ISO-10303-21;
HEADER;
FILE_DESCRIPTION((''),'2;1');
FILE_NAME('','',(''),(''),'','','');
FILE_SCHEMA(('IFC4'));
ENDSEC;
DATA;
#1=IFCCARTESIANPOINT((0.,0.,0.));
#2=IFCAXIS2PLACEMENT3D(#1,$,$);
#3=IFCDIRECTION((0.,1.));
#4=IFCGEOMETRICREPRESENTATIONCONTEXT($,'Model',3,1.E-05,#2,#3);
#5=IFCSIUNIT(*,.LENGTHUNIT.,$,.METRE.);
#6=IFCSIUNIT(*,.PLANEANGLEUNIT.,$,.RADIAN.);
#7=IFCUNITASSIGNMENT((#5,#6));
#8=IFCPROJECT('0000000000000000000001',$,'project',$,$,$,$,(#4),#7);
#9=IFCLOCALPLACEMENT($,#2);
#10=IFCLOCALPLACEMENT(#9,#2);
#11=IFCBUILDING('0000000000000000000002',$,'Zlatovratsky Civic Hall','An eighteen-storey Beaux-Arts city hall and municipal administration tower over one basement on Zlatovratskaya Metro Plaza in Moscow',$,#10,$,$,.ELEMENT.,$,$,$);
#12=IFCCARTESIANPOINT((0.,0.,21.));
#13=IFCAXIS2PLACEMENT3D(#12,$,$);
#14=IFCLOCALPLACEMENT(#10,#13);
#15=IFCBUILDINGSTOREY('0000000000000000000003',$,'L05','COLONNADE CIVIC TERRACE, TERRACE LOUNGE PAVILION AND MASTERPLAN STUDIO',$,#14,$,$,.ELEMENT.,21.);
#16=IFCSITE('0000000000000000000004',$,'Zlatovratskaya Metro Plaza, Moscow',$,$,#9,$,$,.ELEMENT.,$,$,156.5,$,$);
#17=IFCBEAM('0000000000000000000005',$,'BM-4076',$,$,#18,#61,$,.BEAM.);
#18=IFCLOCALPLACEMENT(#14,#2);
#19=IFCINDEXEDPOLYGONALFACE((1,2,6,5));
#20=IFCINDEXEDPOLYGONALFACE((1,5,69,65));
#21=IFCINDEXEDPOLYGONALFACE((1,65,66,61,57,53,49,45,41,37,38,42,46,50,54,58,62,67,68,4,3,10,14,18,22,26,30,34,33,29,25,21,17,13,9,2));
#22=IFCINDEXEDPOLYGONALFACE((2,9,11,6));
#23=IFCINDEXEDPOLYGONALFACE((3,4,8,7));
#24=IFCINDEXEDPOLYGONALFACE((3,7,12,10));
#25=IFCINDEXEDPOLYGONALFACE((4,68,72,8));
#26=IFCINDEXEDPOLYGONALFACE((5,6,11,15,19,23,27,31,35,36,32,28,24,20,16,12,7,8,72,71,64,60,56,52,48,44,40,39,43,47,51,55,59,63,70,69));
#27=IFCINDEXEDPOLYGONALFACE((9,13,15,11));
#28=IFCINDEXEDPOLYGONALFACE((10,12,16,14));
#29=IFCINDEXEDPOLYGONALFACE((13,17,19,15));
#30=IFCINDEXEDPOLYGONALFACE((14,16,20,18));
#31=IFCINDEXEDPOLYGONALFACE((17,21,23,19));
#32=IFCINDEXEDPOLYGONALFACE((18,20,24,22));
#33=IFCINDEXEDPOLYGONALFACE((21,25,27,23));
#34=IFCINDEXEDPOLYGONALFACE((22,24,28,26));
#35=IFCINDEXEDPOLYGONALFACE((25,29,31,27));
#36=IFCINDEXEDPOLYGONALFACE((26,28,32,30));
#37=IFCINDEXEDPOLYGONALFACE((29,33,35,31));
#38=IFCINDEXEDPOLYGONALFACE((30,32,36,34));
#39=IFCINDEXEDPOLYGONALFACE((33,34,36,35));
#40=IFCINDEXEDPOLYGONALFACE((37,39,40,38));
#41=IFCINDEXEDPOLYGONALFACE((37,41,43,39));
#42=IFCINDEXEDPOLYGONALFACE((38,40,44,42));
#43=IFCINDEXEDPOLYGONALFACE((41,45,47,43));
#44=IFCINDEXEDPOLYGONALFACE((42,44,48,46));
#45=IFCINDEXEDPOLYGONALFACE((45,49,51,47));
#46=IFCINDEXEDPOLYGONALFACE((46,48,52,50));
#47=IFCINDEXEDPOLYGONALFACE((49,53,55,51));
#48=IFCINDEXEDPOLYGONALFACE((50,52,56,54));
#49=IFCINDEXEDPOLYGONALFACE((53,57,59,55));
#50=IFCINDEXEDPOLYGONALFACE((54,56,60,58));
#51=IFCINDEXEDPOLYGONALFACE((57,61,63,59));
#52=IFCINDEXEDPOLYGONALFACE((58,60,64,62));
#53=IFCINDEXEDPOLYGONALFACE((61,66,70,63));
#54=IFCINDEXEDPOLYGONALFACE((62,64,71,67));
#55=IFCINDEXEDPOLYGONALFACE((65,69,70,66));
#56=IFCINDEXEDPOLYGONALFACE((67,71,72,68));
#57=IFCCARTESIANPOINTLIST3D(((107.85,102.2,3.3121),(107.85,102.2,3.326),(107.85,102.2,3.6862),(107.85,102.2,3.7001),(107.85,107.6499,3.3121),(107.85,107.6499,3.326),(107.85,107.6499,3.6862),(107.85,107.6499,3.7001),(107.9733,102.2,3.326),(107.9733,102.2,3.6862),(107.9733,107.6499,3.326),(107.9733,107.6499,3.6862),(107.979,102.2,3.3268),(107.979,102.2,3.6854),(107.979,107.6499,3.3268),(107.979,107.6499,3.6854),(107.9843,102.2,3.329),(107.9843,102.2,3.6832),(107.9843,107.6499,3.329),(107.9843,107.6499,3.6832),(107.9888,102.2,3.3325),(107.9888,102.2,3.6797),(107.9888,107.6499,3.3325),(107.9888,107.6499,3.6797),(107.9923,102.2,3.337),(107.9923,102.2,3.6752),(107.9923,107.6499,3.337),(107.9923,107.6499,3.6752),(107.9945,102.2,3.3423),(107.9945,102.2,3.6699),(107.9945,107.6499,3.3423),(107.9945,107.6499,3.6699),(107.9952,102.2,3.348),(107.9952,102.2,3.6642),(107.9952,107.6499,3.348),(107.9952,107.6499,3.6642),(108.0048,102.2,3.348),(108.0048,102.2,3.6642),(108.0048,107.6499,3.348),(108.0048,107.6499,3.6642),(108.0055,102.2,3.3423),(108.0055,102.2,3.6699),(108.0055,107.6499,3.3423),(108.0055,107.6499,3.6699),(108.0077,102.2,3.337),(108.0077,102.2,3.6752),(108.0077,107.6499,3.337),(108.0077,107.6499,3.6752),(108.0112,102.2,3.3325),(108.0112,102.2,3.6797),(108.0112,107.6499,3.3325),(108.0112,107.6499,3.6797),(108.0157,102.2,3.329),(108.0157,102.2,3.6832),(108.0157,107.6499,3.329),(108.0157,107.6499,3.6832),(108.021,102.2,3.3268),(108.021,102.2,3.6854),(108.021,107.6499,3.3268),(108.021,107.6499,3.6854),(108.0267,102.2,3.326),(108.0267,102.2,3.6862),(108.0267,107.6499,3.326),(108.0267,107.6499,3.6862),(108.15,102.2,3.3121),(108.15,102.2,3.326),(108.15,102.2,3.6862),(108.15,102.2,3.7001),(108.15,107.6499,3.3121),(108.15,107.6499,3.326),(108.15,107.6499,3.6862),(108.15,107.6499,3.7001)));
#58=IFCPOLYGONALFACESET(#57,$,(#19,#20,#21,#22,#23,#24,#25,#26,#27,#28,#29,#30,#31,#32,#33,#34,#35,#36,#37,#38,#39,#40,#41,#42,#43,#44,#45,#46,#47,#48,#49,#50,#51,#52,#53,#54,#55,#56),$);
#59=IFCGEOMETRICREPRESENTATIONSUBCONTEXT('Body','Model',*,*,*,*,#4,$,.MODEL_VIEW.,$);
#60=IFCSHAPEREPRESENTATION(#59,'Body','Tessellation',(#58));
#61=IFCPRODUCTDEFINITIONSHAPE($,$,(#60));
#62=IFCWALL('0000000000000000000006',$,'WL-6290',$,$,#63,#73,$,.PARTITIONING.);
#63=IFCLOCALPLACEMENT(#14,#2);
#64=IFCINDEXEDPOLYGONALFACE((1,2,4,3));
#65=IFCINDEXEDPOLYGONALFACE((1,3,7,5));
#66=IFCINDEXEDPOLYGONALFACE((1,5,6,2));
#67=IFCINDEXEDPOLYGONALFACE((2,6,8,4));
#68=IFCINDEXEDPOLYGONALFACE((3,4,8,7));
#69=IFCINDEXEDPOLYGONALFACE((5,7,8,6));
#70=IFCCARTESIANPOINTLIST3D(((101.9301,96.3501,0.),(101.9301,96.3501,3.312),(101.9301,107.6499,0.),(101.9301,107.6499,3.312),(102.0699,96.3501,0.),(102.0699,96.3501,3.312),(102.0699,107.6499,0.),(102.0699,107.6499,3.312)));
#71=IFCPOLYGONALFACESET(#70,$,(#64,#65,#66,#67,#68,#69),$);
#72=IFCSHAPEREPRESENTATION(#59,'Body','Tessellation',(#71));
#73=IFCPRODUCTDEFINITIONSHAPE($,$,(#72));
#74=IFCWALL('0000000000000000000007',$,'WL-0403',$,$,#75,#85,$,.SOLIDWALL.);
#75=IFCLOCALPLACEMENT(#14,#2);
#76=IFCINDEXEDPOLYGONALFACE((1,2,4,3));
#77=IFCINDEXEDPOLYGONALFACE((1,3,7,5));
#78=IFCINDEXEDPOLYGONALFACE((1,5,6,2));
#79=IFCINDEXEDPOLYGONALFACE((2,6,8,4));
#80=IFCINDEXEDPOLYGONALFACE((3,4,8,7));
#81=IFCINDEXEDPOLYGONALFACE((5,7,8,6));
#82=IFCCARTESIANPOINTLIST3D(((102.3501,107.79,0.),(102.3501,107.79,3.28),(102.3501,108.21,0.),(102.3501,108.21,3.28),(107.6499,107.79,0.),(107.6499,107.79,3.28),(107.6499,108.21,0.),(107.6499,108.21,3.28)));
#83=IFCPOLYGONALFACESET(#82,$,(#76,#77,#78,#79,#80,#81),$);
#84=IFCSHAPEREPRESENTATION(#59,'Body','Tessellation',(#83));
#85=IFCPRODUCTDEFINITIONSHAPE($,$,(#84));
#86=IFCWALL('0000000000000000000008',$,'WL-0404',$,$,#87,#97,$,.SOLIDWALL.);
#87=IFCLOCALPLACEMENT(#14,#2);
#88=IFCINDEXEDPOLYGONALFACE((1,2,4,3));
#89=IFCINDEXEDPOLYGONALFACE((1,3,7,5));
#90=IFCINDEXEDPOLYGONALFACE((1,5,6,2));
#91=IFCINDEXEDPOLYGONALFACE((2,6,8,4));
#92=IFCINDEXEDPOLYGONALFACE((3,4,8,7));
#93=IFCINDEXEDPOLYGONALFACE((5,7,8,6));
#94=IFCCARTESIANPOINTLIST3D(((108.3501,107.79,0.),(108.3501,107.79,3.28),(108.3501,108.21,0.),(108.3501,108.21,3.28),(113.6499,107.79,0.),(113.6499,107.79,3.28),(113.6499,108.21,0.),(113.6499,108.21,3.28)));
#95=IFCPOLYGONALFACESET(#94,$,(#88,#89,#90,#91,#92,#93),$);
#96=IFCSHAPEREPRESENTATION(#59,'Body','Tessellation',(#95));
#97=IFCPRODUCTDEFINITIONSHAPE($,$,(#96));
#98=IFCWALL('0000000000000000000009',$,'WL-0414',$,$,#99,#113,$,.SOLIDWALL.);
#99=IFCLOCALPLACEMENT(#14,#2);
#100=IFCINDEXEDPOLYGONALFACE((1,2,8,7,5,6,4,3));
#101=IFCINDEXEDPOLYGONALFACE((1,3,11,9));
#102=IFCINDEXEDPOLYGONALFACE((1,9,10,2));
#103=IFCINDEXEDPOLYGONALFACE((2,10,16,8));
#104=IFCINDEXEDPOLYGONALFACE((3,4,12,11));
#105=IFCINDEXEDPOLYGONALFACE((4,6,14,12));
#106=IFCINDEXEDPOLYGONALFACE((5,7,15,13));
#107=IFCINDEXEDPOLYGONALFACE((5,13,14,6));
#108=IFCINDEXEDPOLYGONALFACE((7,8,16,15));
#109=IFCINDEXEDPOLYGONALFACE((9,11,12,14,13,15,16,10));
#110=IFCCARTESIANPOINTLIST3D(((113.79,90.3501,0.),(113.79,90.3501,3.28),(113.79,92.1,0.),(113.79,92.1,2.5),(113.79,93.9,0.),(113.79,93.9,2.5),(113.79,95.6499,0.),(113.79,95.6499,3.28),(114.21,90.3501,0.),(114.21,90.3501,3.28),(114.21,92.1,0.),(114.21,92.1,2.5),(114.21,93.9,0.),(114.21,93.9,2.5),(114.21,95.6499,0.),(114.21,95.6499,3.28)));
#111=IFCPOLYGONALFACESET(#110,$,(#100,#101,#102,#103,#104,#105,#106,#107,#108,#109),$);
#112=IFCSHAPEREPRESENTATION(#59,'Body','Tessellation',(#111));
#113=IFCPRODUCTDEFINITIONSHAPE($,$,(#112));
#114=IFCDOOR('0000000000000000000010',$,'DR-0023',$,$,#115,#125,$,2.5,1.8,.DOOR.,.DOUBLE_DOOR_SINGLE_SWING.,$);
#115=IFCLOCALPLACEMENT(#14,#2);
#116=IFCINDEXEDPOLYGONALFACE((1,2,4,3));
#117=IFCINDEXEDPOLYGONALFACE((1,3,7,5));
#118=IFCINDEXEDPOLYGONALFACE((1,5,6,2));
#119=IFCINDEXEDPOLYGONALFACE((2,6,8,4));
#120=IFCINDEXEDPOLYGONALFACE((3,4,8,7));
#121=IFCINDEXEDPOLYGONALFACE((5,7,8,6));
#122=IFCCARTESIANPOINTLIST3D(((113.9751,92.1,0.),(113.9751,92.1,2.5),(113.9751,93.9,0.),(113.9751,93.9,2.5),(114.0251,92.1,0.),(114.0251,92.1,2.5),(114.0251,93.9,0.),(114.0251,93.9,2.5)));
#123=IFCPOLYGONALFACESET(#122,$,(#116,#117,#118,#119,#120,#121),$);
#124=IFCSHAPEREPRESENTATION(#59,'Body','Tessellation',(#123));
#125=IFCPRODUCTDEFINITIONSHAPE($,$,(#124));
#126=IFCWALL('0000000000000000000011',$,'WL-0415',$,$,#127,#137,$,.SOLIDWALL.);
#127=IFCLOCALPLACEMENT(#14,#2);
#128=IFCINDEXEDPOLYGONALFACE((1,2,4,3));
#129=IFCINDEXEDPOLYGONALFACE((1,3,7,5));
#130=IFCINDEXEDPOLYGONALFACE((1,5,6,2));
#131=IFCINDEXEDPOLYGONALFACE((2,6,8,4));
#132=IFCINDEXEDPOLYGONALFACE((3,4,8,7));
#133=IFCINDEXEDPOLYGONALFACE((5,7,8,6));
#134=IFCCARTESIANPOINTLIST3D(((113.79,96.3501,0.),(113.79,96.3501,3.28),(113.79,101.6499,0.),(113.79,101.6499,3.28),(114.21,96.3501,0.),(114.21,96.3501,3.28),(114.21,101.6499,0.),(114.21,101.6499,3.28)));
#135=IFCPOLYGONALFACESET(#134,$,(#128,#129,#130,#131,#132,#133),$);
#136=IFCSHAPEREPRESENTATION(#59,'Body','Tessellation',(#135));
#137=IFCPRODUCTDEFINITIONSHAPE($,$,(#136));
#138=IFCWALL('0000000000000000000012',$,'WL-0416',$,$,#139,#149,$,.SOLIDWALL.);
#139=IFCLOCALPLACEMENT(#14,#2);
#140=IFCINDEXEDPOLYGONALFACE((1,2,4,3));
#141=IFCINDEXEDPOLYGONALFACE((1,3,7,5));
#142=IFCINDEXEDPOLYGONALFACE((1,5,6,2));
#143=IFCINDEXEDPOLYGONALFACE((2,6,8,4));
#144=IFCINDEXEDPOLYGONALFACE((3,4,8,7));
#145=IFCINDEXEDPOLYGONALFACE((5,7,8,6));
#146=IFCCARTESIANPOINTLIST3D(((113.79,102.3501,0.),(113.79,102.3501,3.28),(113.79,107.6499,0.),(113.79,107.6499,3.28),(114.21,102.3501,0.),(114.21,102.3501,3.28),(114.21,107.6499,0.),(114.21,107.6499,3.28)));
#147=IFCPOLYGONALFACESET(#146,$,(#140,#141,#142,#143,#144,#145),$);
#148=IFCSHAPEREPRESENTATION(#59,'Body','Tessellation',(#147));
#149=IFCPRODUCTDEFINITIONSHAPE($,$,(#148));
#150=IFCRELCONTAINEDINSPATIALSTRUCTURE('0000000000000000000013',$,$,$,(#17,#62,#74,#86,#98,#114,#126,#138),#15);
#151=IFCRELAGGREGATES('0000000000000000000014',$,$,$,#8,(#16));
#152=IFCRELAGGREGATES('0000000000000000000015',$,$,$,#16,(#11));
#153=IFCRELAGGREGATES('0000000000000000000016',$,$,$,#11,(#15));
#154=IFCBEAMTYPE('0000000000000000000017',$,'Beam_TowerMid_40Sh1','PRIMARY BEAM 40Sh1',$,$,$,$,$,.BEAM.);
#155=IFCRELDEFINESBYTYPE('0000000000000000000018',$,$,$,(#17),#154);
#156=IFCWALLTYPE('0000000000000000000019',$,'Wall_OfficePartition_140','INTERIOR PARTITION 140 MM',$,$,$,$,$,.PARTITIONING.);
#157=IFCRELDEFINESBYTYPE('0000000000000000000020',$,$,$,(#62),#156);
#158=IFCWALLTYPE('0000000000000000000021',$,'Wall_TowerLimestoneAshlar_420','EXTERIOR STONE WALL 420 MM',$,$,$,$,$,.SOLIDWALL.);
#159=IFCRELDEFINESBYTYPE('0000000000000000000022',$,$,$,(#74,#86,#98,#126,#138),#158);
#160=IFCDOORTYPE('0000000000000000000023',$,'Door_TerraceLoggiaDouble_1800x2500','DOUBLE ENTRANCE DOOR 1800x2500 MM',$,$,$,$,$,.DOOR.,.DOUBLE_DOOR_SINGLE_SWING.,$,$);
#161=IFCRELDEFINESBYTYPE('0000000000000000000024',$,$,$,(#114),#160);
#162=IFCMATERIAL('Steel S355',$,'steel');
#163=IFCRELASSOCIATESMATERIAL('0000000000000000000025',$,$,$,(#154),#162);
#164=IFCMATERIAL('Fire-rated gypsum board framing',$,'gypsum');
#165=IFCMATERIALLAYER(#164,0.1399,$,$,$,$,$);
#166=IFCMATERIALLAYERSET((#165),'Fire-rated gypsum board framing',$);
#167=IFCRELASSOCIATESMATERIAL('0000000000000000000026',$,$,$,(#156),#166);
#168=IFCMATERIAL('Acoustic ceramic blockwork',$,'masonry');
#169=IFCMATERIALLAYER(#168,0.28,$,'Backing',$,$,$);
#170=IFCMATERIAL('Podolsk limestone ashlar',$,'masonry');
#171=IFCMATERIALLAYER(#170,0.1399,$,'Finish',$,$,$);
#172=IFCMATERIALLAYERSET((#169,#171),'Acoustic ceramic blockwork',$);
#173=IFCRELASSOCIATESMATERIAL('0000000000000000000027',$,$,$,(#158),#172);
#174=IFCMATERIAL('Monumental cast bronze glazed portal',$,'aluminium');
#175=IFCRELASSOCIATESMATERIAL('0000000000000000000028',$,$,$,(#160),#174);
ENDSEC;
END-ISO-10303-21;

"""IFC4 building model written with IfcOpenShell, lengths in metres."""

from ifc_helpers import new_model, si_unit, direction, frame, frame_2d, origin, origin_2d, place, context, subcontext, project, spatial, rectangle, i_section, extrude, material, layer, layer_set, material_profile, profile_set, type_object, element, fill, save


model = new_model("IFC4")

# Units and contexts
model_context = context("Model", 3, precision=1e-05, world=origin(), true_north=direction((0.0, 1.0)))
body_context = subcontext(model_context, "Body", "Model", "MODEL_VIEW")
ifc_project = project(units=[si_unit("LENGTHUNIT", "METRE"), si_unit("PLANEANGLEUNIT", "RADIAN")], contexts=[model_context])

# Site, building, storey
site_placement = place(None, origin())
site = spatial("IfcSite", under=ifc_project, at=site_placement, Name="Zlatovratskaya Metro Plaza, Moscow", CompositionType="ELEMENT", RefElevation=156.5)
building_placement = place(site_placement, origin())
building = spatial("IfcBuilding", under=site, at=building_placement, Name="Zlatovratsky Civic Hall", Description="An eighteen-storey Beaux-Arts city hall and municipal administration tower over one basement on Zlatovratskaya Metro Plaza in Moscow", CompositionType="ELEMENT")
storey_placement = place(building_placement, frame((0.0, 0.0, 21.0)))
storey = spatial("IfcBuildingStorey", under=building, at=storey_placement, Name="L05", Description="COLONNADE CIVIC TERRACE, TERRACE LOUNGE PAVILION AND MASTERPLAN STUDIO", CompositionType="ELEMENT", Elevation=21.0)

# Shared definitions
ifc_material_1 = material(Name="Steel S355", Category="steel")

# Beam
ifc_material_profile_1 = material_profile(ifc_material_1, i_section(OverallWidth=0.3, OverallDepth=0.3879, WebThickness=0.0095, FlangeThickness=0.0139, FilletRadius=0.022, at=origin_2d()), Name="40Sh1")
ifc_profile_set_1 = profile_set([ifc_material_profile_1], Name="Steel S355")
beam_type_1 = type_object("IfcBeamType", Name="Beam_TowerMid_40Sh1", Description="PRIMARY BEAM 40Sh1", PredefinedType="BEAM", material=ifc_profile_set_1)
beam_1_placement = place(storey_placement, frame((108.0, 102.2, 3.5061), z_axis=(0.0, 1.0, 0.0), x_axis=(-1.0, 0.0, 0.0)))
element("IfcBeam", 1, at=beam_1_placement, inside=storey, type_object=beam_type_1, Name="BM-4076", PredefinedType="BEAM", context=body_context, shape_type="SweptSolid", body=[
    extrude(i_section(OverallWidth=0.3, OverallDepth=0.3879, WebThickness=0.0095, FlangeThickness=0.0139, FilletRadius=0.022, at=origin_2d()), origin(), (0.0, 0.0, 1.0), 5.45),
])

# Walls
ifc_material_2 = material(Name="Fire-rated gypsum board framing", Category="gypsum")
ifc_layer_1 = layer(ifc_material_2, 0.1399)
ifc_layer_set_1 = layer_set([ifc_layer_1], Name="Fire-rated gypsum board framing")
wall_type_1 = type_object("IfcWallType", Name="Wall_OfficePartition_140", Description="INTERIOR PARTITION 140 MM", PredefinedType="PARTITIONING", material=ifc_layer_set_1)
wall_1_placement = place(storey_placement, frame((102.0, 96.3501, 0.0), z_axis=(0.0, 0.0, 1.0), x_axis=(0.0, 1.0, 0.0)))
element("IfcWall", 2, at=wall_1_placement, inside=storey, type_object=wall_type_1, Name="WL-6290", PredefinedType="PARTITIONING", context=body_context, shape_type="SweptSolid", body=[
    extrude(rectangle(XDim=11.2998, YDim=0.1399, at=frame_2d((5.6499, 0.0))), origin(), (0.0, 0.0, 1.0), 3.312),
])
ifc_material_3 = material(Name="Acoustic ceramic blockwork", Category="masonry")
ifc_layer_2 = layer(ifc_material_3, 0.28, Name="Backing")
ifc_material_4 = material(Name="Podolsk limestone ashlar", Category="masonry")
ifc_layer_3 = layer(ifc_material_4, 0.1399, Name="Finish")
ifc_layer_set_2 = layer_set([ifc_layer_2, ifc_layer_3], Name="Acoustic ceramic blockwork")
wall_type_2 = type_object("IfcWallType", Name="Wall_TowerLimestoneAshlar_420", Description="EXTERIOR STONE WALL 420 MM", PredefinedType="SOLIDWALL", material=ifc_layer_set_2)
for number, where, z_axis, x_axis, name in (
    (3, (102.3501, 108.0, 0.0), (0.0, 0.0, 1.0), (1.0, 0.0, 0.0), "WL-0403"),
    (4, (108.3501, 108.0, 0.0), (0.0, 0.0, 1.0), (1.0, 0.0, 0.0), "WL-0404"),
):
    element("IfcWall", number, at=place(storey_placement, frame(where, z_axis=z_axis, x_axis=x_axis)), inside=storey, type_object=wall_type_2, Name=name, PredefinedType="SOLIDWALL", context=body_context, shape_type="SweptSolid", body=[
        extrude(rectangle(XDim=5.2998, YDim=0.4199, at=frame_2d((2.6499, 0.0))), origin(), (0.0, 0.0, 1.0), 3.28),
    ])

# Wall, opening, door
wall_2_placement = place(storey_placement, frame((114.0, 90.3501, 0.0), z_axis=(0.0, 0.0, 1.0), x_axis=(0.0, 1.0, 0.0)))
wall_2 = element("IfcWall", 5, at=wall_2_placement, inside=storey, type_object=wall_type_2, Name="WL-0414", PredefinedType="SOLIDWALL", context=body_context, shape_type="SweptSolid", body=[
    extrude(rectangle(XDim=5.2998, YDim=0.4199, at=frame_2d((2.6499, 0.0))), origin(), (0.0, 0.0, 1.0), 3.28),
])
opening_placement = place(wall_2_placement, frame((1.75, 0.0, 0.0)))
opening = element("IfcOpeningElement", 6, at=opening_placement, cuts=wall_2, PredefinedType="OPENING", context=body_context, shape_type="SweptSolid", body=[
    extrude(rectangle(XDim=1.8, YDim=2.5, at=frame_2d((0.8999, 1.25))), frame((0.0, 0.2249, 0.0), z_axis=(0.0, -1.0, 0.0), x_axis=(1.0, 0.0, 0.0)), (0.0, 0.0, 1.0), 0.4497),
])
ifc_material_5 = material(Name="Monumental cast bronze glazed portal", Category="aluminium")
door_type = type_object("IfcDoorType", Name="Door_TerraceLoggiaDouble_1800x2500", Description="DOUBLE ENTRANCE DOOR 1800x2500 MM", OperationType="DOUBLE_DOOR_SINGLE_SWING", PredefinedType="DOOR", material=ifc_material_5)
door_placement = place(opening_placement, origin())
door = element("IfcDoor", 7, at=door_placement, inside=storey, type_object=door_type, Name="DR-0023", OperationType="DOUBLE_DOOR_SINGLE_SWING", OverallHeight=2.5, OverallWidth=1.8, PredefinedType="DOOR", context=body_context, shape_type="SweptSolid", body=[
    extrude(rectangle(XDim=1.8, YDim=2.5, at=frame_2d((0.8999, 1.25))), frame((0.0, 0.0249, 0.0), z_axis=(0.0, -1.0, 0.0), x_axis=(1.0, 0.0, 0.0)), (0.0, 0.0, 1.0), 0.05),
])
fill(opening, door)

# Walls
for number, where, z_axis, x_axis, name in (
    (8, (114.0, 96.3501, 0.0), (0.0, 0.0, 1.0), (0.0, 1.0, 0.0), "WL-0415"),
    (9, (114.0, 102.3501, 0.0), (0.0, 0.0, 1.0), (0.0, 1.0, 0.0), "WL-0416"),
):
    element("IfcWall", number, at=place(storey_placement, frame(where, z_axis=z_axis, x_axis=x_axis)), inside=storey, type_object=wall_type_2, Name=name, PredefinedType="SOLIDWALL", context=body_context, shape_type="SweptSolid", body=[
        extrude(rectangle(XDim=5.2998, YDim=0.4199, at=frame_2d((2.6499, 0.0))), origin(), (0.0, 0.0, 1.0), 3.28),
    ])

save(model, "model.ifc")
